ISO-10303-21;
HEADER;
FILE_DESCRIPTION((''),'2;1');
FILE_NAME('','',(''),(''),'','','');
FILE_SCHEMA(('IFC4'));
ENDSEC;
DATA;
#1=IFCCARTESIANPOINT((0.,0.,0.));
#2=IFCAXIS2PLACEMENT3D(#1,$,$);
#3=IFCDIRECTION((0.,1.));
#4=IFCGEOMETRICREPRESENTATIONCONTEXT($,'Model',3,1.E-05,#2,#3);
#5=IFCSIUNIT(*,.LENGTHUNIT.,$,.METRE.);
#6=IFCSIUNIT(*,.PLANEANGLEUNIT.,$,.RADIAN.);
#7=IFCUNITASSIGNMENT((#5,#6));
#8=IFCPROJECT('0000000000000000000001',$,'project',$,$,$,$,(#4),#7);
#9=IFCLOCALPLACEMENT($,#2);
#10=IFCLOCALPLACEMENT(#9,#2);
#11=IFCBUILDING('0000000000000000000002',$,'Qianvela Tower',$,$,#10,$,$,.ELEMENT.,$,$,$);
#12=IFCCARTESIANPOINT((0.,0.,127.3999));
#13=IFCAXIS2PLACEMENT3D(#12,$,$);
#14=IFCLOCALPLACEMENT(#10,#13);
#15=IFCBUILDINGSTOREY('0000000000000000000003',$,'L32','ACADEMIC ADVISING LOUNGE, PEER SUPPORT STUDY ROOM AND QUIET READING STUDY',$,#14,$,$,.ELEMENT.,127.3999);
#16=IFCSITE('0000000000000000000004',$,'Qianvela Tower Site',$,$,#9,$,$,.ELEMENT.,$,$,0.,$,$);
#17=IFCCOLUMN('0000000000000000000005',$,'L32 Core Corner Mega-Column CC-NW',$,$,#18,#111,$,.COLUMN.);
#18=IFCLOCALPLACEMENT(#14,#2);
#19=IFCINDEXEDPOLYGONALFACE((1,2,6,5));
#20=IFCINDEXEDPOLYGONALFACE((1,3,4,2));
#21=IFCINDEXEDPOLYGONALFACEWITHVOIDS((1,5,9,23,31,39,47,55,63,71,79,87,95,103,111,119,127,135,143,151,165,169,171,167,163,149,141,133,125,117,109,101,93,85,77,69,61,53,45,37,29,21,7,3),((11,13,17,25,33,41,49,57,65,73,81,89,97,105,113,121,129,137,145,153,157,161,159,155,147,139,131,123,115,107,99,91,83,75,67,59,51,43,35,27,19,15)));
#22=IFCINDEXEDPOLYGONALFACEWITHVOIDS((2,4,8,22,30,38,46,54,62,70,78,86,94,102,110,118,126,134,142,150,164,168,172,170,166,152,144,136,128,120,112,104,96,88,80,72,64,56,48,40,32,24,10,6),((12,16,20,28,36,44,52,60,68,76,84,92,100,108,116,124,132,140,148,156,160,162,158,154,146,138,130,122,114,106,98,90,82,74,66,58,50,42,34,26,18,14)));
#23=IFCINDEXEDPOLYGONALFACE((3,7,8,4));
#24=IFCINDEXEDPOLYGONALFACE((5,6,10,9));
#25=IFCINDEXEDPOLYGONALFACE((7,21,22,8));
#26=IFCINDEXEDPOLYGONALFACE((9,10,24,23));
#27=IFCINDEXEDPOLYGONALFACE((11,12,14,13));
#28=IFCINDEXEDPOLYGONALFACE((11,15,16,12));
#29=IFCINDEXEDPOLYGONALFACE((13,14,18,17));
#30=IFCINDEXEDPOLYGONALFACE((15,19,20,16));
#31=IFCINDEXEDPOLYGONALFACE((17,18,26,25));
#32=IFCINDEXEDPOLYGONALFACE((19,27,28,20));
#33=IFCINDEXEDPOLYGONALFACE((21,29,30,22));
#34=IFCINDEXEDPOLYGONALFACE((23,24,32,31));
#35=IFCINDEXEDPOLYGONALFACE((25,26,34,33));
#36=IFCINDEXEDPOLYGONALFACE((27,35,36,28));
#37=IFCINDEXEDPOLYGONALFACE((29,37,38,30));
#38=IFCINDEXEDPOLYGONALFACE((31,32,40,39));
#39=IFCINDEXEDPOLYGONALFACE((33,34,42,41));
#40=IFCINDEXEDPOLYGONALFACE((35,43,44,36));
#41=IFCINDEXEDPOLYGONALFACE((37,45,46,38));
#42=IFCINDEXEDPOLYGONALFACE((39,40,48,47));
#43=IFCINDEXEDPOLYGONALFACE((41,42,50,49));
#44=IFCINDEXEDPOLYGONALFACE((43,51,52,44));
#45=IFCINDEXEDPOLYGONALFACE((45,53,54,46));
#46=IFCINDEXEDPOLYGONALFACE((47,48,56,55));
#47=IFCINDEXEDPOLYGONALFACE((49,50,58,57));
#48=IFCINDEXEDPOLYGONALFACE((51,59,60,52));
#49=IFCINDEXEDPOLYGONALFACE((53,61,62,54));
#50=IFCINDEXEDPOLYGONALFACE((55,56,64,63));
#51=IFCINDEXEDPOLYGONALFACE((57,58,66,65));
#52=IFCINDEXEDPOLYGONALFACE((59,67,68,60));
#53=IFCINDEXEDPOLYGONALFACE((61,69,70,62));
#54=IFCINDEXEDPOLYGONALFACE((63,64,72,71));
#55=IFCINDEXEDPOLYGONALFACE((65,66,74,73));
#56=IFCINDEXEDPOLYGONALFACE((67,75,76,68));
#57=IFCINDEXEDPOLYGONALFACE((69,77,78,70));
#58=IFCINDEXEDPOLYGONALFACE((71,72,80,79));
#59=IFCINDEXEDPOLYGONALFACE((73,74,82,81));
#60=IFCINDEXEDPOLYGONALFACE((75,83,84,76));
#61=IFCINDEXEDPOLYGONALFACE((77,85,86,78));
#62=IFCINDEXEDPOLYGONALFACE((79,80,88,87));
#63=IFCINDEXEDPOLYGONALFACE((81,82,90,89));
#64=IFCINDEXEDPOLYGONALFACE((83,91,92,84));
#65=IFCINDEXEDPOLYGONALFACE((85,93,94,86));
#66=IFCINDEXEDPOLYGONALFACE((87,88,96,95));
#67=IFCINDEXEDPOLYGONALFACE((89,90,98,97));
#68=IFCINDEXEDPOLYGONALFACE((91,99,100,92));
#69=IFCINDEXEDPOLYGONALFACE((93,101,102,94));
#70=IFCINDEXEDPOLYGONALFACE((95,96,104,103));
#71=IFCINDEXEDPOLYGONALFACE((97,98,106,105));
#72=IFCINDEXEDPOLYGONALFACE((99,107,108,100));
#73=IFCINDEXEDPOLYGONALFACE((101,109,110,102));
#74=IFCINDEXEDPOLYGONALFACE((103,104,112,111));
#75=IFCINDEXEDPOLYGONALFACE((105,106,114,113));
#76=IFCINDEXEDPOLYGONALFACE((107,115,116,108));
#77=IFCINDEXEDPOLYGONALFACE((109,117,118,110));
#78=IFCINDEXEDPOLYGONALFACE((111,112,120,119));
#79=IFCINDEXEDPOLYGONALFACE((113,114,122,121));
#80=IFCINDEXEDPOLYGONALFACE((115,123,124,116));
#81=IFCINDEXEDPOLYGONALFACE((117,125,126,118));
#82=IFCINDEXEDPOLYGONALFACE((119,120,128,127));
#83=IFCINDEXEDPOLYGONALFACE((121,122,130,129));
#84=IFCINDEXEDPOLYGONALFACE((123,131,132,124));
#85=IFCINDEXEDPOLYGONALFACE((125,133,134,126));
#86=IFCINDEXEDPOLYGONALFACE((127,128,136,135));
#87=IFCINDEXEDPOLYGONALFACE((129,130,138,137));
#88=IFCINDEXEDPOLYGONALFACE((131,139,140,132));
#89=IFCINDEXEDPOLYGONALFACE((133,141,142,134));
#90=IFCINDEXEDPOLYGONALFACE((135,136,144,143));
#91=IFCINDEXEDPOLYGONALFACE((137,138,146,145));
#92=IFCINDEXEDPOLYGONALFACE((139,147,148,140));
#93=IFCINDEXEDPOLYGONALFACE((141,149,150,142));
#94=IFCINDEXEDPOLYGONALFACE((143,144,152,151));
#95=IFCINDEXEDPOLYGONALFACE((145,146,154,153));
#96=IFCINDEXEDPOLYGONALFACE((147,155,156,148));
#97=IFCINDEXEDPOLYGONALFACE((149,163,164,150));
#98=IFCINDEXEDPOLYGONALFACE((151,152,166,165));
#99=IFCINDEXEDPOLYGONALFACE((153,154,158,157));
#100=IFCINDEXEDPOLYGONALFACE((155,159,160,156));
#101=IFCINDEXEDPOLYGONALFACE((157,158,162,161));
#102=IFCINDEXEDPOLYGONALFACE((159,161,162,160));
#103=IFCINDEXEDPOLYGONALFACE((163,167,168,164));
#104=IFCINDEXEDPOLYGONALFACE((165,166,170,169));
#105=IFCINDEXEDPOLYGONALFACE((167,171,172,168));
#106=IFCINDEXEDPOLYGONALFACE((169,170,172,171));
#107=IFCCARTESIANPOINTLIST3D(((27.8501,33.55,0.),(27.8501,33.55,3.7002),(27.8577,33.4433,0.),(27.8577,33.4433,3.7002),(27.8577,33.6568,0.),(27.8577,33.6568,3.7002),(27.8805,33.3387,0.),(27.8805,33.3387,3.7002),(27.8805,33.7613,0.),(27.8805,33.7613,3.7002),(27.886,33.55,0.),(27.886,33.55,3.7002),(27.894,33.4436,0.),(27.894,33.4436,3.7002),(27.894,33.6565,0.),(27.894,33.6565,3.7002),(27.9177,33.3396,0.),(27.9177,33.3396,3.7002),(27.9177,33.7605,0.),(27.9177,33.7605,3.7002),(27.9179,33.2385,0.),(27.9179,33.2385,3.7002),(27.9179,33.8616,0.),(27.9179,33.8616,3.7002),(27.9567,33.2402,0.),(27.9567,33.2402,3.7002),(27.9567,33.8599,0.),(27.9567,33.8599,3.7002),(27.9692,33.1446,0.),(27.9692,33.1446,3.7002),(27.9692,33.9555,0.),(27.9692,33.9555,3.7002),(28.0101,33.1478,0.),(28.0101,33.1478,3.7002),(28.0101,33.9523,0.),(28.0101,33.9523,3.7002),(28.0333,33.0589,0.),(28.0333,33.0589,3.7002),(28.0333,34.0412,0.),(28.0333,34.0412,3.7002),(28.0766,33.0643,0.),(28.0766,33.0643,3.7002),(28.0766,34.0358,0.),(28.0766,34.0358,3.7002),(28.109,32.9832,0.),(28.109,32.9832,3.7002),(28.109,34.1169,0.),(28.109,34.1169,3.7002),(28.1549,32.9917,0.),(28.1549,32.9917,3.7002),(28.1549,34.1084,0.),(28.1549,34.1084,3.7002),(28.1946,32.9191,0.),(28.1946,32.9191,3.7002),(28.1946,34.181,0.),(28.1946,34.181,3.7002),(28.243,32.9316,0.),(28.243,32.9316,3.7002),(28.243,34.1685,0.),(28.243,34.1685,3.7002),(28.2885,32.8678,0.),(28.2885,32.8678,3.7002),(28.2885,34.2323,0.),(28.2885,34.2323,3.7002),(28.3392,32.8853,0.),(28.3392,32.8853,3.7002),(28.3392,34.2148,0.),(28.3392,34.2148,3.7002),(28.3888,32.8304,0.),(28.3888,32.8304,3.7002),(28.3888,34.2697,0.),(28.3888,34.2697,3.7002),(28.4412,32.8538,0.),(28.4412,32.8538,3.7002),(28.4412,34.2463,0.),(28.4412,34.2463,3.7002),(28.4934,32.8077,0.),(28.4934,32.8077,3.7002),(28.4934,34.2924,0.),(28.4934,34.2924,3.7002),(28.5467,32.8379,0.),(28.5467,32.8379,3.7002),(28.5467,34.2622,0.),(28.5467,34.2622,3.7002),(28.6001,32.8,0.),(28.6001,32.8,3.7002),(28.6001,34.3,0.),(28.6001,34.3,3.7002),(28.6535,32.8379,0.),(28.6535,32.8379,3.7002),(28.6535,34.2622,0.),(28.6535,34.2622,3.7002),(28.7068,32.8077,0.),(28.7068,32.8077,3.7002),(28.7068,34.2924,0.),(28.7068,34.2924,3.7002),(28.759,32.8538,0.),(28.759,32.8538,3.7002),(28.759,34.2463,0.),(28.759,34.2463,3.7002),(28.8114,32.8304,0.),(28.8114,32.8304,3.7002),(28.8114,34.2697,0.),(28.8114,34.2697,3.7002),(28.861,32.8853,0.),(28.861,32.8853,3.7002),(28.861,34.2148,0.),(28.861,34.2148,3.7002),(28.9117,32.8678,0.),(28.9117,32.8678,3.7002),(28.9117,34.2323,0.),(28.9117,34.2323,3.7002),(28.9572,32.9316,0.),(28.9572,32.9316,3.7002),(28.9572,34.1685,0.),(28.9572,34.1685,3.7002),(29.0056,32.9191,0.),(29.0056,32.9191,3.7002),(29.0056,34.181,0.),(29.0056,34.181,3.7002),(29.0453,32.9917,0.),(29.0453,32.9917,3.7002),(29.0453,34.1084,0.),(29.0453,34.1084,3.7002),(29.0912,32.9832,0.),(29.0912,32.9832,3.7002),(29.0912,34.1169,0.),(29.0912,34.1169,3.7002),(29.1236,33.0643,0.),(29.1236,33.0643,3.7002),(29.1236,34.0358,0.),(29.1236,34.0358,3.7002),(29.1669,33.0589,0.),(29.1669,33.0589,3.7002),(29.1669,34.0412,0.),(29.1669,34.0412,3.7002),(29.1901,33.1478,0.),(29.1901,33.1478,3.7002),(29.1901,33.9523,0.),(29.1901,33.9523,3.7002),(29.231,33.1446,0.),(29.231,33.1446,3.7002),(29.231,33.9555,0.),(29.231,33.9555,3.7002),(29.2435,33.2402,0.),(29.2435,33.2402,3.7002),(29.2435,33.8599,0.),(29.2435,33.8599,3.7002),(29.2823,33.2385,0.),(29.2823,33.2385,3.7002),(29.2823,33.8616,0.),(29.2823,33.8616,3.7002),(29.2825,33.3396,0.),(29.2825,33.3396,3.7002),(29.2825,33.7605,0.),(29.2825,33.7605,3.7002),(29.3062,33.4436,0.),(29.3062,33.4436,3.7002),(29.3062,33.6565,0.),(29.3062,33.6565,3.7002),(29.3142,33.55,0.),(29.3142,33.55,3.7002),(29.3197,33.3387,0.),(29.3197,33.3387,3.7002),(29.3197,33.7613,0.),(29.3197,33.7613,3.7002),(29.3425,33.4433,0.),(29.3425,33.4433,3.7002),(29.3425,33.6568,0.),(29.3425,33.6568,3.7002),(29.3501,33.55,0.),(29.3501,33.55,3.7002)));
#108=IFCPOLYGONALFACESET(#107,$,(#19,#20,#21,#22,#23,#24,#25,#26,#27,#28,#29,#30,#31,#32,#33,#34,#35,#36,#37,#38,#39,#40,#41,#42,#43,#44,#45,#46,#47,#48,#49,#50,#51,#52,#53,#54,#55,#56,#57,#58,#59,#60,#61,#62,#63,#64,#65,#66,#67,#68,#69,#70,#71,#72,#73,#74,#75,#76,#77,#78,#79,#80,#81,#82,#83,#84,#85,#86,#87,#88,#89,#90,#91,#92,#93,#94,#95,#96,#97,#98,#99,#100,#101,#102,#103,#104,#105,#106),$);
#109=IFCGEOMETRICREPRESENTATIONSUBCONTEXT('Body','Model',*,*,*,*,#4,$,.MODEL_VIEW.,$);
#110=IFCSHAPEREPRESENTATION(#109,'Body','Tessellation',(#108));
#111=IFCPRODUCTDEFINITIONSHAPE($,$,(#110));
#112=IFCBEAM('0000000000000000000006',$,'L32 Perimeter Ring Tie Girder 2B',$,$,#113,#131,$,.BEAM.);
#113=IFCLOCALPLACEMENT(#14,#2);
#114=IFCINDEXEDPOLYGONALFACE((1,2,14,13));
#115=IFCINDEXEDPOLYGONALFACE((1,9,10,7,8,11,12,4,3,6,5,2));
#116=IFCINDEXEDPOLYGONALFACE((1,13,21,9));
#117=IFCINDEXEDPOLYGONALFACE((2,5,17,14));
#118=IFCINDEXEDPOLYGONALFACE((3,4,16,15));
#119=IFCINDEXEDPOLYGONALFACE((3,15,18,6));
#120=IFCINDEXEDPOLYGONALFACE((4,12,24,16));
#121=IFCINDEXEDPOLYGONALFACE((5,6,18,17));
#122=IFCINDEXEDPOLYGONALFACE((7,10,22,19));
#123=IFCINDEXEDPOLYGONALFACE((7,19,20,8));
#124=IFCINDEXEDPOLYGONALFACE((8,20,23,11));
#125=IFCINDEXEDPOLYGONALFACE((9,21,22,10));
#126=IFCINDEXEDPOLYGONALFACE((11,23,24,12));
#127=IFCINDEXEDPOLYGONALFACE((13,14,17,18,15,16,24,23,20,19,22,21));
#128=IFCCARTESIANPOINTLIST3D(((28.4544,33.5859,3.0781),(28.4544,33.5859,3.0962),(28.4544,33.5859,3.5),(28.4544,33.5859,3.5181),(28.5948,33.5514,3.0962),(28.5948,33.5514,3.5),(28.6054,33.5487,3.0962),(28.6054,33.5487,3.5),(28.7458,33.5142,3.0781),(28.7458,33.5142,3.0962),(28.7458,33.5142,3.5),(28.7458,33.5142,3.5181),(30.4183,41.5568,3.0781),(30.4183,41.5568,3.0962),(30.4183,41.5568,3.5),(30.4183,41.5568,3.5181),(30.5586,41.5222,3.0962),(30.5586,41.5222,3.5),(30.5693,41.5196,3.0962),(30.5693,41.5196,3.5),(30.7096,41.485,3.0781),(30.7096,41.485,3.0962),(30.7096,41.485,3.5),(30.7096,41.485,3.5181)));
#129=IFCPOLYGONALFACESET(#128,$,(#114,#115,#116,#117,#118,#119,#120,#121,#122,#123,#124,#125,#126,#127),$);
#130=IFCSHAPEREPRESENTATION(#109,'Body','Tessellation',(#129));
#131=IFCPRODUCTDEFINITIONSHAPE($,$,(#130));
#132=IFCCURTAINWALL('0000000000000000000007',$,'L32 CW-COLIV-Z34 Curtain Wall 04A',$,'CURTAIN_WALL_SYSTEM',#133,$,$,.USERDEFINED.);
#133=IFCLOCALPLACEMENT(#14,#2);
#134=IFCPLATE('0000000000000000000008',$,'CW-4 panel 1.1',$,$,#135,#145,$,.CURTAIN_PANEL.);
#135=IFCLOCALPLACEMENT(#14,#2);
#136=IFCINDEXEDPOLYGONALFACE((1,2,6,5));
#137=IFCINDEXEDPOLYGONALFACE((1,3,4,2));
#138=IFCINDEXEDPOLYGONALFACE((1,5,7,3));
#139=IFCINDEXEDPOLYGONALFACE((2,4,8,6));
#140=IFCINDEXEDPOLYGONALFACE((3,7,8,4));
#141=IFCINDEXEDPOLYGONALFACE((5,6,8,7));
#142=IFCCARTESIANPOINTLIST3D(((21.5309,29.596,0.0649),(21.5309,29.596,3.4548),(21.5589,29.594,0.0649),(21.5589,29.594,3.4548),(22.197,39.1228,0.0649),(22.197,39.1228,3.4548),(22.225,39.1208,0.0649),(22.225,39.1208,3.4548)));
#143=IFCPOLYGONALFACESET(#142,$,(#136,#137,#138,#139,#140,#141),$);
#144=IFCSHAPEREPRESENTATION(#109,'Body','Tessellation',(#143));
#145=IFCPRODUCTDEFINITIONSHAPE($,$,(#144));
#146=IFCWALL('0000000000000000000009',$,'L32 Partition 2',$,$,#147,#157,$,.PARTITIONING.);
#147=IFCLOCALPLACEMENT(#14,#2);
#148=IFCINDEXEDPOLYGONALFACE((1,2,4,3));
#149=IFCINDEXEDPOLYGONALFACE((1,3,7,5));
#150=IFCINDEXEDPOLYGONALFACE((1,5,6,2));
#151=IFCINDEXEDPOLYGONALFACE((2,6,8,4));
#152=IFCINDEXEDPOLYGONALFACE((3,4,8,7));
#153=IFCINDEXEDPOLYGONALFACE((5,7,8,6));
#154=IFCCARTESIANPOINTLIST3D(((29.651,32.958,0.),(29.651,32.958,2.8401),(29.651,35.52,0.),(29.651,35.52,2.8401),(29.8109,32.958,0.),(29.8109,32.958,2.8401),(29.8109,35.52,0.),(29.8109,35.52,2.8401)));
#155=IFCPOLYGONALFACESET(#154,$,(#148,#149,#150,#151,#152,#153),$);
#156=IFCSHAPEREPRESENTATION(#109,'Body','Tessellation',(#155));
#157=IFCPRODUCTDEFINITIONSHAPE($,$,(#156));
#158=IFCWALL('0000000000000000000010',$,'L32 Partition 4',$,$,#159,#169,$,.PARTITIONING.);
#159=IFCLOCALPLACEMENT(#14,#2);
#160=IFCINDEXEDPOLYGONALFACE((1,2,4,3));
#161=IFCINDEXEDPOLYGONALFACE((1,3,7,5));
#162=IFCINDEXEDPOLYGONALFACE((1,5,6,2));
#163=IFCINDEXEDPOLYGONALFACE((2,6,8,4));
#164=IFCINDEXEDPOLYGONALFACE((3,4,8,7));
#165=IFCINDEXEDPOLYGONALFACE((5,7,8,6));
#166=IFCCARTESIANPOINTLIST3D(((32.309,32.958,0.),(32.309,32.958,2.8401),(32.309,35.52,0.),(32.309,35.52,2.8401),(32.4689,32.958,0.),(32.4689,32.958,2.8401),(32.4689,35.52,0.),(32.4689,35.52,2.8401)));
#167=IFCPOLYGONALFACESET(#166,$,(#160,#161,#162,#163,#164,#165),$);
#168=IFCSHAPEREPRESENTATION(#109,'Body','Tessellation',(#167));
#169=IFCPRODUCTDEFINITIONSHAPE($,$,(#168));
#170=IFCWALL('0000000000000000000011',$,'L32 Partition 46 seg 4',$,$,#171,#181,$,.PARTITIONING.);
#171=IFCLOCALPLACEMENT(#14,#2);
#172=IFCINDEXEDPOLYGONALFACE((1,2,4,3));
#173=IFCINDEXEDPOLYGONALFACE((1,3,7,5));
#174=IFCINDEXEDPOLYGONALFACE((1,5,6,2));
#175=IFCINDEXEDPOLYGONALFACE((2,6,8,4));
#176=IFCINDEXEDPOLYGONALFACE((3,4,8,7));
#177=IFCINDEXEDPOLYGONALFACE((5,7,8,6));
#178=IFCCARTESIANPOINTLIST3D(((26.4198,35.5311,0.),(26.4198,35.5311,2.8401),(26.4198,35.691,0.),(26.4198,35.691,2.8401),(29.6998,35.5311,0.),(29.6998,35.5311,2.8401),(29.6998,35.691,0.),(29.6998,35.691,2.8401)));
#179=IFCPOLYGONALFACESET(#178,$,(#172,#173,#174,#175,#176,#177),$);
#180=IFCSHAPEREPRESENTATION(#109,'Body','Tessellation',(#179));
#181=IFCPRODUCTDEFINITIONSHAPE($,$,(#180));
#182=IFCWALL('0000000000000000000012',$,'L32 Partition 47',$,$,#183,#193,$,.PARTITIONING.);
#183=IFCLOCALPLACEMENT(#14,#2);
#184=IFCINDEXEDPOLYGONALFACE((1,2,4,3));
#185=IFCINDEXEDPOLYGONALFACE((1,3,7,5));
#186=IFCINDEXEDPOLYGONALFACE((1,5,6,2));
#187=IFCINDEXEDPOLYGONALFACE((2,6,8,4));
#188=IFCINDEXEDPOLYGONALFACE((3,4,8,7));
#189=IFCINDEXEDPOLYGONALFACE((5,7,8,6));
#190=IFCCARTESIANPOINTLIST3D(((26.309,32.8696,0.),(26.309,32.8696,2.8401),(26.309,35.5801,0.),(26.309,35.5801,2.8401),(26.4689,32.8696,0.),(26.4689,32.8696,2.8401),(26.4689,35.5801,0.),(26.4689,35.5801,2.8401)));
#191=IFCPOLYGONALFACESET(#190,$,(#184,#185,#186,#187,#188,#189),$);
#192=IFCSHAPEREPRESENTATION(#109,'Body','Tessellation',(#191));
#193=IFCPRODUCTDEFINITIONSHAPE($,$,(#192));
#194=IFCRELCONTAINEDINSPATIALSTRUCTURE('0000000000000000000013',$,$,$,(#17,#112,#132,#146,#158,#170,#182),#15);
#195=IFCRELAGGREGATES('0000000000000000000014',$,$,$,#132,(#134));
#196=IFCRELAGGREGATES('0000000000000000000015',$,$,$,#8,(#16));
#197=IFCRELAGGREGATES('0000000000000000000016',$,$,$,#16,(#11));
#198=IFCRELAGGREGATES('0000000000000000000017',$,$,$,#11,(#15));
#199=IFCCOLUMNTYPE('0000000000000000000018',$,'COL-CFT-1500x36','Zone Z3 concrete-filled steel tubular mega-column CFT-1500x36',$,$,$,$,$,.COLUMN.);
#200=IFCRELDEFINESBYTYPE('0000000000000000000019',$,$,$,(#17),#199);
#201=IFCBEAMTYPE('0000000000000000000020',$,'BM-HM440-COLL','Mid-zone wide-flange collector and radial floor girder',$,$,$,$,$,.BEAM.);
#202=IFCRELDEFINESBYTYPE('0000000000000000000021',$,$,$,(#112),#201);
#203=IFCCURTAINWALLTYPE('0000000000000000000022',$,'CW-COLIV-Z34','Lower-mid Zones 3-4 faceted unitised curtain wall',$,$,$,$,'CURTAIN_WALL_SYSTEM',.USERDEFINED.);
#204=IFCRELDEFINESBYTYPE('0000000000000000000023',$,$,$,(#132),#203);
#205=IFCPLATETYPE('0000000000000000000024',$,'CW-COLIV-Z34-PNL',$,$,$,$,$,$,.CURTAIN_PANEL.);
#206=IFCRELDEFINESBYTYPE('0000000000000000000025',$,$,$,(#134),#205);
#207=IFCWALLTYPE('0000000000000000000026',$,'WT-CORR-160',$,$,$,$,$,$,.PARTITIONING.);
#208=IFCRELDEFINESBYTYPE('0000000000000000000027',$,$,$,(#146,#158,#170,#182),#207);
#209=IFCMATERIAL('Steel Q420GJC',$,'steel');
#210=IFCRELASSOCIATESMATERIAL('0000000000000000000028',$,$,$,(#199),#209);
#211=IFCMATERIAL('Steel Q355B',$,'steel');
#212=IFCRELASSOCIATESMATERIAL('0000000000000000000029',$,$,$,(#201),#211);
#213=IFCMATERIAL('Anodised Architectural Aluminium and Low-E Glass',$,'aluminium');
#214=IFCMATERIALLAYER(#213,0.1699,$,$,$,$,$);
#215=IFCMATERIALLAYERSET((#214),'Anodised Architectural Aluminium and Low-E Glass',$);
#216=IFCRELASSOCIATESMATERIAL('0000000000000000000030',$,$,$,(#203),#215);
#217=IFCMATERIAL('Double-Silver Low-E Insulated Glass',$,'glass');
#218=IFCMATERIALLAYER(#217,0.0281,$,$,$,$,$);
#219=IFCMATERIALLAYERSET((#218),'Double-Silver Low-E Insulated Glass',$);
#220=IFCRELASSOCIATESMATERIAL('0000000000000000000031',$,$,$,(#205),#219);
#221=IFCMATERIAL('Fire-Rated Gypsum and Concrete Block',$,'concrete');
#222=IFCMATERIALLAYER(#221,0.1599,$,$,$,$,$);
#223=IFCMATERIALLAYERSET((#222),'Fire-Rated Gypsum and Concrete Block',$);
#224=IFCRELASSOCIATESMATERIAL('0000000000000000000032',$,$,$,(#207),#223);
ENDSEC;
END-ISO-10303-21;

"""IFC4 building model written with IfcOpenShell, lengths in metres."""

from ifc_helpers import new_model, si_unit, direction, frame, frame_2d, origin, origin_2d, place, context, subcontext, project, spatial, rectangle, hollow_circle, i_section, extrude, material, layer, layer_set, material_profile, profile_set, type_object, element, aggregate, save


model = new_model("IFC4")

# Units and contexts
model_context = context("Model", 3, precision=1e-05, world=origin(), true_north=direction((0.0, 1.0)))
body_context = subcontext(model_context, "Body", "Model", "MODEL_VIEW")
ifc_project = project(units=[si_unit("LENGTHUNIT", "METRE"), si_unit("PLANEANGLEUNIT", "RADIAN")], contexts=[model_context])

# Site, building, storey
site_placement = place(None, origin())
site = spatial("IfcSite", under=ifc_project, at=site_placement, Name="Qianvela Tower Site", CompositionType="ELEMENT", RefElevation=0.0)
building_placement = place(site_placement, origin())
building = spatial("IfcBuilding", under=site, at=building_placement, Name="Qianvela Tower", CompositionType="ELEMENT")
storey_placement = place(building_placement, frame((0.0, 0.0, 127.3999)))
storey = spatial("IfcBuildingStorey", under=building, at=storey_placement, Name="L32", Description="ACADEMIC ADVISING LOUNGE, PEER SUPPORT STUDY ROOM AND QUIET READING STUDY", CompositionType="ELEMENT", Elevation=127.3999)

# Column
ifc_material_1 = material(Name="Steel Q420GJC", Category="steel")
ifc_material_profile_1 = material_profile(ifc_material_1, hollow_circle(Radius=0.75, WallThickness=0.0359, at=origin_2d()), Name="CFT-1500x36")
ifc_profile_set_1 = profile_set([ifc_material_profile_1], Name="Steel Q420GJC")
column_type = type_object("IfcColumnType", Name="COL-CFT-1500x36", Description="Zone Z3 concrete-filled steel tubular mega-column CFT-1500x36", PredefinedType="COLUMN", material=ifc_profile_set_1)
column_placement = place(storey_placement, frame((28.6001, 33.55, 0.0), z_axis=(0.0, 0.0, 1.0), x_axis=(1.0, 0.0, 0.0)))
element("IfcColumn", 1, at=column_placement, inside=storey, type_object=column_type, Name="L32 Core Corner Mega-Column CC-NW", PredefinedType="COLUMN", context=body_context, shape_type="SweptSolid", body=[
    extrude(hollow_circle(Radius=0.75, WallThickness=0.0359, at=origin_2d()), origin(), (0.0, 0.0, 1.0), 3.7002),
])

# Beam
ifc_material_2 = material(Name="Steel Q355B", Category="steel")
ifc_material_profile_2 = material_profile(ifc_material_2, i_section(OverallWidth=0.3, OverallDepth=0.4399, WebThickness=0.011, FlangeThickness=0.0181, at=origin_2d()), Name="HM440x300x11x18")
ifc_profile_set_2 = profile_set([ifc_material_profile_2], Name="Steel Q355B")
beam_type = type_object("IfcBeamType", Name="BM-HM440-COLL", Description="Mid-zone wide-flange collector and radial floor girder", PredefinedType="BEAM", material=ifc_profile_set_2)
beam_placement = place(storey_placement, frame((28.6001, 33.55, 3.2981), z_axis=(0.239224, 0.970964, 0.0), x_axis=(-0.970964, 0.239224, 0.0)))
element("IfcBeam", 2, at=beam_placement, inside=storey, type_object=beam_type, Name="L32 Perimeter Ring Tie Girder 2B", PredefinedType="BEAM", context=body_context, shape_type="SweptSolid", body=[
    extrude(i_section(OverallWidth=0.3, OverallDepth=0.4399, WebThickness=0.011, FlangeThickness=0.0181, at=origin_2d()), origin(), (0.0, 0.0, 1.0), 8.2092),
])

# Curtain wall, plate
ifc_material_3 = material(Name="Anodised Architectural Aluminium and Low-E Glass", Category="aluminium")
ifc_layer_1 = layer(ifc_material_3, 0.1699)
ifc_layer_set_1 = layer_set([ifc_layer_1], Name="Anodised Architectural Aluminium and Low-E Glass")
curtain_wall_type = type_object("IfcCurtainWallType", Name="CW-COLIV-Z34", Description="Lower-mid Zones 3-4 faceted unitised curtain wall", ElementType="CURTAIN_WALL_SYSTEM", PredefinedType="USERDEFINED", material=ifc_layer_set_1)
curtain_wall_placement = place(storey_placement, origin())
curtain_wall = element("IfcCurtainWall", 3, at=curtain_wall_placement, inside=storey, type_object=curtain_wall_type, Name="L32 CW-COLIV-Z34 Curtain Wall 04A", ObjectType="CURTAIN_WALL_SYSTEM", PredefinedType="USERDEFINED")
ifc_material_4 = material(Name="Double-Silver Low-E Insulated Glass", Category="glass")
ifc_layer_2 = layer(ifc_material_4, 0.0281)
ifc_layer_set_2 = layer_set([ifc_layer_2], Name="Double-Silver Low-E Insulated Glass")
plate_type = type_object("IfcPlateType", Name="CW-COLIV-Z34-PNL", PredefinedType="CURTAIN_PANEL", material=ifc_layer_set_2)
plate_placement = place(storey_placement, frame((21.8779, 34.3584, 0.0649), z_axis=(0.0, 0.0, 1.0), x_axis=(-0.069752, -0.997564, 0.0)))
plate = element("IfcPlate", 4, at=plate_placement, type_object=plate_type, Name="CW-4 panel 1.1", PredefinedType="CURTAIN_PANEL", context=body_context, shape_type="SweptSolid", body=[
    extrude(rectangle(XDim=9.55, YDim=0.0281, at=origin_2d()), origin(), (0.0, 0.0, 1.0), 3.3899),
])
aggregate(curtain_wall, [plate])

# Wall
ifc_material_5 = material(Name="Fire-Rated Gypsum and Concrete Block", Category="concrete")
ifc_layer_3 = layer(ifc_material_5, 0.1599)
ifc_layer_set_3 = layer_set([ifc_layer_3], Name="Fire-Rated Gypsum and Concrete Block")
wall_type_1 = type_object("IfcWallType", Name="WT-CORR-160", PredefinedType="PARTITIONING", material=ifc_layer_set_3)
wall_1_placement = place(storey_placement, frame((29.731, 32.958, 0.0), z_axis=(0.0, 0.0, 1.0), x_axis=(0.0, 1.0, 0.0)))
element("IfcWall", 5, at=wall_1_placement, inside=storey, type_object=wall_type_1, Name="L32 Partition 2", PredefinedType="PARTITIONING", context=body_context, shape_type="SweptSolid", body=[
    extrude(rectangle(XDim=2.562, YDim=0.1599, at=frame_2d((1.281, 0.0))), origin(), (0.0, 0.0, 1.0), 2.8401),
])

# Walls
wall_2_placement = place(storey_placement, frame((32.3889, 35.52, 0.0), z_axis=(0.0, 0.0, 1.0), x_axis=(0.0, -1.0, 0.0)))
element("IfcWall", 6, at=wall_2_placement, inside=storey, type_object=wall_type_1, Name="L32 Partition 4", PredefinedType="PARTITIONING", context=body_context, shape_type="SweptSolid", body=[
    extrude(rectangle(XDim=2.562, YDim=0.1599, at=frame_2d((1.281, 0.0))), origin(), (0.0, 0.0, 1.0), 2.8401),
])
wall_3_placement = place(storey_placement, frame((29.7, 35.6111, 0.0), z_axis=(0.0, 0.0, 1.0), x_axis=(-1.0, 0.0, 0.0)))
element("IfcWall", 7, at=wall_3_placement, inside=storey, type_object=wall_type_1, Name="L32 Partition 46 seg 4", PredefinedType="PARTITIONING", context=body_context, shape_type="SweptSolid", body=[
    extrude(rectangle(XDim=3.28, YDim=0.1599, at=frame_2d((1.6401, 0.0))), origin(), (0.0, 0.0, 1.0), 2.8401),
])
wall_4_placement = place(storey_placement, frame((26.3889, 35.5801, 0.0), z_axis=(0.0, 0.0, 1.0), x_axis=(0.0, -1.0, 0.0)))
element("IfcWall", 8, at=wall_4_placement, inside=storey, type_object=wall_type_1, Name="L32 Partition 47", PredefinedType="PARTITIONING", context=body_context, shape_type="SweptSolid", body=[
    extrude(rectangle(XDim=2.7104, YDim=0.1599, at=frame_2d((1.3552, 0.0))), origin(), (0.0, 0.0, 1.0), 2.8401),
])

save(model, "model.ifc")
